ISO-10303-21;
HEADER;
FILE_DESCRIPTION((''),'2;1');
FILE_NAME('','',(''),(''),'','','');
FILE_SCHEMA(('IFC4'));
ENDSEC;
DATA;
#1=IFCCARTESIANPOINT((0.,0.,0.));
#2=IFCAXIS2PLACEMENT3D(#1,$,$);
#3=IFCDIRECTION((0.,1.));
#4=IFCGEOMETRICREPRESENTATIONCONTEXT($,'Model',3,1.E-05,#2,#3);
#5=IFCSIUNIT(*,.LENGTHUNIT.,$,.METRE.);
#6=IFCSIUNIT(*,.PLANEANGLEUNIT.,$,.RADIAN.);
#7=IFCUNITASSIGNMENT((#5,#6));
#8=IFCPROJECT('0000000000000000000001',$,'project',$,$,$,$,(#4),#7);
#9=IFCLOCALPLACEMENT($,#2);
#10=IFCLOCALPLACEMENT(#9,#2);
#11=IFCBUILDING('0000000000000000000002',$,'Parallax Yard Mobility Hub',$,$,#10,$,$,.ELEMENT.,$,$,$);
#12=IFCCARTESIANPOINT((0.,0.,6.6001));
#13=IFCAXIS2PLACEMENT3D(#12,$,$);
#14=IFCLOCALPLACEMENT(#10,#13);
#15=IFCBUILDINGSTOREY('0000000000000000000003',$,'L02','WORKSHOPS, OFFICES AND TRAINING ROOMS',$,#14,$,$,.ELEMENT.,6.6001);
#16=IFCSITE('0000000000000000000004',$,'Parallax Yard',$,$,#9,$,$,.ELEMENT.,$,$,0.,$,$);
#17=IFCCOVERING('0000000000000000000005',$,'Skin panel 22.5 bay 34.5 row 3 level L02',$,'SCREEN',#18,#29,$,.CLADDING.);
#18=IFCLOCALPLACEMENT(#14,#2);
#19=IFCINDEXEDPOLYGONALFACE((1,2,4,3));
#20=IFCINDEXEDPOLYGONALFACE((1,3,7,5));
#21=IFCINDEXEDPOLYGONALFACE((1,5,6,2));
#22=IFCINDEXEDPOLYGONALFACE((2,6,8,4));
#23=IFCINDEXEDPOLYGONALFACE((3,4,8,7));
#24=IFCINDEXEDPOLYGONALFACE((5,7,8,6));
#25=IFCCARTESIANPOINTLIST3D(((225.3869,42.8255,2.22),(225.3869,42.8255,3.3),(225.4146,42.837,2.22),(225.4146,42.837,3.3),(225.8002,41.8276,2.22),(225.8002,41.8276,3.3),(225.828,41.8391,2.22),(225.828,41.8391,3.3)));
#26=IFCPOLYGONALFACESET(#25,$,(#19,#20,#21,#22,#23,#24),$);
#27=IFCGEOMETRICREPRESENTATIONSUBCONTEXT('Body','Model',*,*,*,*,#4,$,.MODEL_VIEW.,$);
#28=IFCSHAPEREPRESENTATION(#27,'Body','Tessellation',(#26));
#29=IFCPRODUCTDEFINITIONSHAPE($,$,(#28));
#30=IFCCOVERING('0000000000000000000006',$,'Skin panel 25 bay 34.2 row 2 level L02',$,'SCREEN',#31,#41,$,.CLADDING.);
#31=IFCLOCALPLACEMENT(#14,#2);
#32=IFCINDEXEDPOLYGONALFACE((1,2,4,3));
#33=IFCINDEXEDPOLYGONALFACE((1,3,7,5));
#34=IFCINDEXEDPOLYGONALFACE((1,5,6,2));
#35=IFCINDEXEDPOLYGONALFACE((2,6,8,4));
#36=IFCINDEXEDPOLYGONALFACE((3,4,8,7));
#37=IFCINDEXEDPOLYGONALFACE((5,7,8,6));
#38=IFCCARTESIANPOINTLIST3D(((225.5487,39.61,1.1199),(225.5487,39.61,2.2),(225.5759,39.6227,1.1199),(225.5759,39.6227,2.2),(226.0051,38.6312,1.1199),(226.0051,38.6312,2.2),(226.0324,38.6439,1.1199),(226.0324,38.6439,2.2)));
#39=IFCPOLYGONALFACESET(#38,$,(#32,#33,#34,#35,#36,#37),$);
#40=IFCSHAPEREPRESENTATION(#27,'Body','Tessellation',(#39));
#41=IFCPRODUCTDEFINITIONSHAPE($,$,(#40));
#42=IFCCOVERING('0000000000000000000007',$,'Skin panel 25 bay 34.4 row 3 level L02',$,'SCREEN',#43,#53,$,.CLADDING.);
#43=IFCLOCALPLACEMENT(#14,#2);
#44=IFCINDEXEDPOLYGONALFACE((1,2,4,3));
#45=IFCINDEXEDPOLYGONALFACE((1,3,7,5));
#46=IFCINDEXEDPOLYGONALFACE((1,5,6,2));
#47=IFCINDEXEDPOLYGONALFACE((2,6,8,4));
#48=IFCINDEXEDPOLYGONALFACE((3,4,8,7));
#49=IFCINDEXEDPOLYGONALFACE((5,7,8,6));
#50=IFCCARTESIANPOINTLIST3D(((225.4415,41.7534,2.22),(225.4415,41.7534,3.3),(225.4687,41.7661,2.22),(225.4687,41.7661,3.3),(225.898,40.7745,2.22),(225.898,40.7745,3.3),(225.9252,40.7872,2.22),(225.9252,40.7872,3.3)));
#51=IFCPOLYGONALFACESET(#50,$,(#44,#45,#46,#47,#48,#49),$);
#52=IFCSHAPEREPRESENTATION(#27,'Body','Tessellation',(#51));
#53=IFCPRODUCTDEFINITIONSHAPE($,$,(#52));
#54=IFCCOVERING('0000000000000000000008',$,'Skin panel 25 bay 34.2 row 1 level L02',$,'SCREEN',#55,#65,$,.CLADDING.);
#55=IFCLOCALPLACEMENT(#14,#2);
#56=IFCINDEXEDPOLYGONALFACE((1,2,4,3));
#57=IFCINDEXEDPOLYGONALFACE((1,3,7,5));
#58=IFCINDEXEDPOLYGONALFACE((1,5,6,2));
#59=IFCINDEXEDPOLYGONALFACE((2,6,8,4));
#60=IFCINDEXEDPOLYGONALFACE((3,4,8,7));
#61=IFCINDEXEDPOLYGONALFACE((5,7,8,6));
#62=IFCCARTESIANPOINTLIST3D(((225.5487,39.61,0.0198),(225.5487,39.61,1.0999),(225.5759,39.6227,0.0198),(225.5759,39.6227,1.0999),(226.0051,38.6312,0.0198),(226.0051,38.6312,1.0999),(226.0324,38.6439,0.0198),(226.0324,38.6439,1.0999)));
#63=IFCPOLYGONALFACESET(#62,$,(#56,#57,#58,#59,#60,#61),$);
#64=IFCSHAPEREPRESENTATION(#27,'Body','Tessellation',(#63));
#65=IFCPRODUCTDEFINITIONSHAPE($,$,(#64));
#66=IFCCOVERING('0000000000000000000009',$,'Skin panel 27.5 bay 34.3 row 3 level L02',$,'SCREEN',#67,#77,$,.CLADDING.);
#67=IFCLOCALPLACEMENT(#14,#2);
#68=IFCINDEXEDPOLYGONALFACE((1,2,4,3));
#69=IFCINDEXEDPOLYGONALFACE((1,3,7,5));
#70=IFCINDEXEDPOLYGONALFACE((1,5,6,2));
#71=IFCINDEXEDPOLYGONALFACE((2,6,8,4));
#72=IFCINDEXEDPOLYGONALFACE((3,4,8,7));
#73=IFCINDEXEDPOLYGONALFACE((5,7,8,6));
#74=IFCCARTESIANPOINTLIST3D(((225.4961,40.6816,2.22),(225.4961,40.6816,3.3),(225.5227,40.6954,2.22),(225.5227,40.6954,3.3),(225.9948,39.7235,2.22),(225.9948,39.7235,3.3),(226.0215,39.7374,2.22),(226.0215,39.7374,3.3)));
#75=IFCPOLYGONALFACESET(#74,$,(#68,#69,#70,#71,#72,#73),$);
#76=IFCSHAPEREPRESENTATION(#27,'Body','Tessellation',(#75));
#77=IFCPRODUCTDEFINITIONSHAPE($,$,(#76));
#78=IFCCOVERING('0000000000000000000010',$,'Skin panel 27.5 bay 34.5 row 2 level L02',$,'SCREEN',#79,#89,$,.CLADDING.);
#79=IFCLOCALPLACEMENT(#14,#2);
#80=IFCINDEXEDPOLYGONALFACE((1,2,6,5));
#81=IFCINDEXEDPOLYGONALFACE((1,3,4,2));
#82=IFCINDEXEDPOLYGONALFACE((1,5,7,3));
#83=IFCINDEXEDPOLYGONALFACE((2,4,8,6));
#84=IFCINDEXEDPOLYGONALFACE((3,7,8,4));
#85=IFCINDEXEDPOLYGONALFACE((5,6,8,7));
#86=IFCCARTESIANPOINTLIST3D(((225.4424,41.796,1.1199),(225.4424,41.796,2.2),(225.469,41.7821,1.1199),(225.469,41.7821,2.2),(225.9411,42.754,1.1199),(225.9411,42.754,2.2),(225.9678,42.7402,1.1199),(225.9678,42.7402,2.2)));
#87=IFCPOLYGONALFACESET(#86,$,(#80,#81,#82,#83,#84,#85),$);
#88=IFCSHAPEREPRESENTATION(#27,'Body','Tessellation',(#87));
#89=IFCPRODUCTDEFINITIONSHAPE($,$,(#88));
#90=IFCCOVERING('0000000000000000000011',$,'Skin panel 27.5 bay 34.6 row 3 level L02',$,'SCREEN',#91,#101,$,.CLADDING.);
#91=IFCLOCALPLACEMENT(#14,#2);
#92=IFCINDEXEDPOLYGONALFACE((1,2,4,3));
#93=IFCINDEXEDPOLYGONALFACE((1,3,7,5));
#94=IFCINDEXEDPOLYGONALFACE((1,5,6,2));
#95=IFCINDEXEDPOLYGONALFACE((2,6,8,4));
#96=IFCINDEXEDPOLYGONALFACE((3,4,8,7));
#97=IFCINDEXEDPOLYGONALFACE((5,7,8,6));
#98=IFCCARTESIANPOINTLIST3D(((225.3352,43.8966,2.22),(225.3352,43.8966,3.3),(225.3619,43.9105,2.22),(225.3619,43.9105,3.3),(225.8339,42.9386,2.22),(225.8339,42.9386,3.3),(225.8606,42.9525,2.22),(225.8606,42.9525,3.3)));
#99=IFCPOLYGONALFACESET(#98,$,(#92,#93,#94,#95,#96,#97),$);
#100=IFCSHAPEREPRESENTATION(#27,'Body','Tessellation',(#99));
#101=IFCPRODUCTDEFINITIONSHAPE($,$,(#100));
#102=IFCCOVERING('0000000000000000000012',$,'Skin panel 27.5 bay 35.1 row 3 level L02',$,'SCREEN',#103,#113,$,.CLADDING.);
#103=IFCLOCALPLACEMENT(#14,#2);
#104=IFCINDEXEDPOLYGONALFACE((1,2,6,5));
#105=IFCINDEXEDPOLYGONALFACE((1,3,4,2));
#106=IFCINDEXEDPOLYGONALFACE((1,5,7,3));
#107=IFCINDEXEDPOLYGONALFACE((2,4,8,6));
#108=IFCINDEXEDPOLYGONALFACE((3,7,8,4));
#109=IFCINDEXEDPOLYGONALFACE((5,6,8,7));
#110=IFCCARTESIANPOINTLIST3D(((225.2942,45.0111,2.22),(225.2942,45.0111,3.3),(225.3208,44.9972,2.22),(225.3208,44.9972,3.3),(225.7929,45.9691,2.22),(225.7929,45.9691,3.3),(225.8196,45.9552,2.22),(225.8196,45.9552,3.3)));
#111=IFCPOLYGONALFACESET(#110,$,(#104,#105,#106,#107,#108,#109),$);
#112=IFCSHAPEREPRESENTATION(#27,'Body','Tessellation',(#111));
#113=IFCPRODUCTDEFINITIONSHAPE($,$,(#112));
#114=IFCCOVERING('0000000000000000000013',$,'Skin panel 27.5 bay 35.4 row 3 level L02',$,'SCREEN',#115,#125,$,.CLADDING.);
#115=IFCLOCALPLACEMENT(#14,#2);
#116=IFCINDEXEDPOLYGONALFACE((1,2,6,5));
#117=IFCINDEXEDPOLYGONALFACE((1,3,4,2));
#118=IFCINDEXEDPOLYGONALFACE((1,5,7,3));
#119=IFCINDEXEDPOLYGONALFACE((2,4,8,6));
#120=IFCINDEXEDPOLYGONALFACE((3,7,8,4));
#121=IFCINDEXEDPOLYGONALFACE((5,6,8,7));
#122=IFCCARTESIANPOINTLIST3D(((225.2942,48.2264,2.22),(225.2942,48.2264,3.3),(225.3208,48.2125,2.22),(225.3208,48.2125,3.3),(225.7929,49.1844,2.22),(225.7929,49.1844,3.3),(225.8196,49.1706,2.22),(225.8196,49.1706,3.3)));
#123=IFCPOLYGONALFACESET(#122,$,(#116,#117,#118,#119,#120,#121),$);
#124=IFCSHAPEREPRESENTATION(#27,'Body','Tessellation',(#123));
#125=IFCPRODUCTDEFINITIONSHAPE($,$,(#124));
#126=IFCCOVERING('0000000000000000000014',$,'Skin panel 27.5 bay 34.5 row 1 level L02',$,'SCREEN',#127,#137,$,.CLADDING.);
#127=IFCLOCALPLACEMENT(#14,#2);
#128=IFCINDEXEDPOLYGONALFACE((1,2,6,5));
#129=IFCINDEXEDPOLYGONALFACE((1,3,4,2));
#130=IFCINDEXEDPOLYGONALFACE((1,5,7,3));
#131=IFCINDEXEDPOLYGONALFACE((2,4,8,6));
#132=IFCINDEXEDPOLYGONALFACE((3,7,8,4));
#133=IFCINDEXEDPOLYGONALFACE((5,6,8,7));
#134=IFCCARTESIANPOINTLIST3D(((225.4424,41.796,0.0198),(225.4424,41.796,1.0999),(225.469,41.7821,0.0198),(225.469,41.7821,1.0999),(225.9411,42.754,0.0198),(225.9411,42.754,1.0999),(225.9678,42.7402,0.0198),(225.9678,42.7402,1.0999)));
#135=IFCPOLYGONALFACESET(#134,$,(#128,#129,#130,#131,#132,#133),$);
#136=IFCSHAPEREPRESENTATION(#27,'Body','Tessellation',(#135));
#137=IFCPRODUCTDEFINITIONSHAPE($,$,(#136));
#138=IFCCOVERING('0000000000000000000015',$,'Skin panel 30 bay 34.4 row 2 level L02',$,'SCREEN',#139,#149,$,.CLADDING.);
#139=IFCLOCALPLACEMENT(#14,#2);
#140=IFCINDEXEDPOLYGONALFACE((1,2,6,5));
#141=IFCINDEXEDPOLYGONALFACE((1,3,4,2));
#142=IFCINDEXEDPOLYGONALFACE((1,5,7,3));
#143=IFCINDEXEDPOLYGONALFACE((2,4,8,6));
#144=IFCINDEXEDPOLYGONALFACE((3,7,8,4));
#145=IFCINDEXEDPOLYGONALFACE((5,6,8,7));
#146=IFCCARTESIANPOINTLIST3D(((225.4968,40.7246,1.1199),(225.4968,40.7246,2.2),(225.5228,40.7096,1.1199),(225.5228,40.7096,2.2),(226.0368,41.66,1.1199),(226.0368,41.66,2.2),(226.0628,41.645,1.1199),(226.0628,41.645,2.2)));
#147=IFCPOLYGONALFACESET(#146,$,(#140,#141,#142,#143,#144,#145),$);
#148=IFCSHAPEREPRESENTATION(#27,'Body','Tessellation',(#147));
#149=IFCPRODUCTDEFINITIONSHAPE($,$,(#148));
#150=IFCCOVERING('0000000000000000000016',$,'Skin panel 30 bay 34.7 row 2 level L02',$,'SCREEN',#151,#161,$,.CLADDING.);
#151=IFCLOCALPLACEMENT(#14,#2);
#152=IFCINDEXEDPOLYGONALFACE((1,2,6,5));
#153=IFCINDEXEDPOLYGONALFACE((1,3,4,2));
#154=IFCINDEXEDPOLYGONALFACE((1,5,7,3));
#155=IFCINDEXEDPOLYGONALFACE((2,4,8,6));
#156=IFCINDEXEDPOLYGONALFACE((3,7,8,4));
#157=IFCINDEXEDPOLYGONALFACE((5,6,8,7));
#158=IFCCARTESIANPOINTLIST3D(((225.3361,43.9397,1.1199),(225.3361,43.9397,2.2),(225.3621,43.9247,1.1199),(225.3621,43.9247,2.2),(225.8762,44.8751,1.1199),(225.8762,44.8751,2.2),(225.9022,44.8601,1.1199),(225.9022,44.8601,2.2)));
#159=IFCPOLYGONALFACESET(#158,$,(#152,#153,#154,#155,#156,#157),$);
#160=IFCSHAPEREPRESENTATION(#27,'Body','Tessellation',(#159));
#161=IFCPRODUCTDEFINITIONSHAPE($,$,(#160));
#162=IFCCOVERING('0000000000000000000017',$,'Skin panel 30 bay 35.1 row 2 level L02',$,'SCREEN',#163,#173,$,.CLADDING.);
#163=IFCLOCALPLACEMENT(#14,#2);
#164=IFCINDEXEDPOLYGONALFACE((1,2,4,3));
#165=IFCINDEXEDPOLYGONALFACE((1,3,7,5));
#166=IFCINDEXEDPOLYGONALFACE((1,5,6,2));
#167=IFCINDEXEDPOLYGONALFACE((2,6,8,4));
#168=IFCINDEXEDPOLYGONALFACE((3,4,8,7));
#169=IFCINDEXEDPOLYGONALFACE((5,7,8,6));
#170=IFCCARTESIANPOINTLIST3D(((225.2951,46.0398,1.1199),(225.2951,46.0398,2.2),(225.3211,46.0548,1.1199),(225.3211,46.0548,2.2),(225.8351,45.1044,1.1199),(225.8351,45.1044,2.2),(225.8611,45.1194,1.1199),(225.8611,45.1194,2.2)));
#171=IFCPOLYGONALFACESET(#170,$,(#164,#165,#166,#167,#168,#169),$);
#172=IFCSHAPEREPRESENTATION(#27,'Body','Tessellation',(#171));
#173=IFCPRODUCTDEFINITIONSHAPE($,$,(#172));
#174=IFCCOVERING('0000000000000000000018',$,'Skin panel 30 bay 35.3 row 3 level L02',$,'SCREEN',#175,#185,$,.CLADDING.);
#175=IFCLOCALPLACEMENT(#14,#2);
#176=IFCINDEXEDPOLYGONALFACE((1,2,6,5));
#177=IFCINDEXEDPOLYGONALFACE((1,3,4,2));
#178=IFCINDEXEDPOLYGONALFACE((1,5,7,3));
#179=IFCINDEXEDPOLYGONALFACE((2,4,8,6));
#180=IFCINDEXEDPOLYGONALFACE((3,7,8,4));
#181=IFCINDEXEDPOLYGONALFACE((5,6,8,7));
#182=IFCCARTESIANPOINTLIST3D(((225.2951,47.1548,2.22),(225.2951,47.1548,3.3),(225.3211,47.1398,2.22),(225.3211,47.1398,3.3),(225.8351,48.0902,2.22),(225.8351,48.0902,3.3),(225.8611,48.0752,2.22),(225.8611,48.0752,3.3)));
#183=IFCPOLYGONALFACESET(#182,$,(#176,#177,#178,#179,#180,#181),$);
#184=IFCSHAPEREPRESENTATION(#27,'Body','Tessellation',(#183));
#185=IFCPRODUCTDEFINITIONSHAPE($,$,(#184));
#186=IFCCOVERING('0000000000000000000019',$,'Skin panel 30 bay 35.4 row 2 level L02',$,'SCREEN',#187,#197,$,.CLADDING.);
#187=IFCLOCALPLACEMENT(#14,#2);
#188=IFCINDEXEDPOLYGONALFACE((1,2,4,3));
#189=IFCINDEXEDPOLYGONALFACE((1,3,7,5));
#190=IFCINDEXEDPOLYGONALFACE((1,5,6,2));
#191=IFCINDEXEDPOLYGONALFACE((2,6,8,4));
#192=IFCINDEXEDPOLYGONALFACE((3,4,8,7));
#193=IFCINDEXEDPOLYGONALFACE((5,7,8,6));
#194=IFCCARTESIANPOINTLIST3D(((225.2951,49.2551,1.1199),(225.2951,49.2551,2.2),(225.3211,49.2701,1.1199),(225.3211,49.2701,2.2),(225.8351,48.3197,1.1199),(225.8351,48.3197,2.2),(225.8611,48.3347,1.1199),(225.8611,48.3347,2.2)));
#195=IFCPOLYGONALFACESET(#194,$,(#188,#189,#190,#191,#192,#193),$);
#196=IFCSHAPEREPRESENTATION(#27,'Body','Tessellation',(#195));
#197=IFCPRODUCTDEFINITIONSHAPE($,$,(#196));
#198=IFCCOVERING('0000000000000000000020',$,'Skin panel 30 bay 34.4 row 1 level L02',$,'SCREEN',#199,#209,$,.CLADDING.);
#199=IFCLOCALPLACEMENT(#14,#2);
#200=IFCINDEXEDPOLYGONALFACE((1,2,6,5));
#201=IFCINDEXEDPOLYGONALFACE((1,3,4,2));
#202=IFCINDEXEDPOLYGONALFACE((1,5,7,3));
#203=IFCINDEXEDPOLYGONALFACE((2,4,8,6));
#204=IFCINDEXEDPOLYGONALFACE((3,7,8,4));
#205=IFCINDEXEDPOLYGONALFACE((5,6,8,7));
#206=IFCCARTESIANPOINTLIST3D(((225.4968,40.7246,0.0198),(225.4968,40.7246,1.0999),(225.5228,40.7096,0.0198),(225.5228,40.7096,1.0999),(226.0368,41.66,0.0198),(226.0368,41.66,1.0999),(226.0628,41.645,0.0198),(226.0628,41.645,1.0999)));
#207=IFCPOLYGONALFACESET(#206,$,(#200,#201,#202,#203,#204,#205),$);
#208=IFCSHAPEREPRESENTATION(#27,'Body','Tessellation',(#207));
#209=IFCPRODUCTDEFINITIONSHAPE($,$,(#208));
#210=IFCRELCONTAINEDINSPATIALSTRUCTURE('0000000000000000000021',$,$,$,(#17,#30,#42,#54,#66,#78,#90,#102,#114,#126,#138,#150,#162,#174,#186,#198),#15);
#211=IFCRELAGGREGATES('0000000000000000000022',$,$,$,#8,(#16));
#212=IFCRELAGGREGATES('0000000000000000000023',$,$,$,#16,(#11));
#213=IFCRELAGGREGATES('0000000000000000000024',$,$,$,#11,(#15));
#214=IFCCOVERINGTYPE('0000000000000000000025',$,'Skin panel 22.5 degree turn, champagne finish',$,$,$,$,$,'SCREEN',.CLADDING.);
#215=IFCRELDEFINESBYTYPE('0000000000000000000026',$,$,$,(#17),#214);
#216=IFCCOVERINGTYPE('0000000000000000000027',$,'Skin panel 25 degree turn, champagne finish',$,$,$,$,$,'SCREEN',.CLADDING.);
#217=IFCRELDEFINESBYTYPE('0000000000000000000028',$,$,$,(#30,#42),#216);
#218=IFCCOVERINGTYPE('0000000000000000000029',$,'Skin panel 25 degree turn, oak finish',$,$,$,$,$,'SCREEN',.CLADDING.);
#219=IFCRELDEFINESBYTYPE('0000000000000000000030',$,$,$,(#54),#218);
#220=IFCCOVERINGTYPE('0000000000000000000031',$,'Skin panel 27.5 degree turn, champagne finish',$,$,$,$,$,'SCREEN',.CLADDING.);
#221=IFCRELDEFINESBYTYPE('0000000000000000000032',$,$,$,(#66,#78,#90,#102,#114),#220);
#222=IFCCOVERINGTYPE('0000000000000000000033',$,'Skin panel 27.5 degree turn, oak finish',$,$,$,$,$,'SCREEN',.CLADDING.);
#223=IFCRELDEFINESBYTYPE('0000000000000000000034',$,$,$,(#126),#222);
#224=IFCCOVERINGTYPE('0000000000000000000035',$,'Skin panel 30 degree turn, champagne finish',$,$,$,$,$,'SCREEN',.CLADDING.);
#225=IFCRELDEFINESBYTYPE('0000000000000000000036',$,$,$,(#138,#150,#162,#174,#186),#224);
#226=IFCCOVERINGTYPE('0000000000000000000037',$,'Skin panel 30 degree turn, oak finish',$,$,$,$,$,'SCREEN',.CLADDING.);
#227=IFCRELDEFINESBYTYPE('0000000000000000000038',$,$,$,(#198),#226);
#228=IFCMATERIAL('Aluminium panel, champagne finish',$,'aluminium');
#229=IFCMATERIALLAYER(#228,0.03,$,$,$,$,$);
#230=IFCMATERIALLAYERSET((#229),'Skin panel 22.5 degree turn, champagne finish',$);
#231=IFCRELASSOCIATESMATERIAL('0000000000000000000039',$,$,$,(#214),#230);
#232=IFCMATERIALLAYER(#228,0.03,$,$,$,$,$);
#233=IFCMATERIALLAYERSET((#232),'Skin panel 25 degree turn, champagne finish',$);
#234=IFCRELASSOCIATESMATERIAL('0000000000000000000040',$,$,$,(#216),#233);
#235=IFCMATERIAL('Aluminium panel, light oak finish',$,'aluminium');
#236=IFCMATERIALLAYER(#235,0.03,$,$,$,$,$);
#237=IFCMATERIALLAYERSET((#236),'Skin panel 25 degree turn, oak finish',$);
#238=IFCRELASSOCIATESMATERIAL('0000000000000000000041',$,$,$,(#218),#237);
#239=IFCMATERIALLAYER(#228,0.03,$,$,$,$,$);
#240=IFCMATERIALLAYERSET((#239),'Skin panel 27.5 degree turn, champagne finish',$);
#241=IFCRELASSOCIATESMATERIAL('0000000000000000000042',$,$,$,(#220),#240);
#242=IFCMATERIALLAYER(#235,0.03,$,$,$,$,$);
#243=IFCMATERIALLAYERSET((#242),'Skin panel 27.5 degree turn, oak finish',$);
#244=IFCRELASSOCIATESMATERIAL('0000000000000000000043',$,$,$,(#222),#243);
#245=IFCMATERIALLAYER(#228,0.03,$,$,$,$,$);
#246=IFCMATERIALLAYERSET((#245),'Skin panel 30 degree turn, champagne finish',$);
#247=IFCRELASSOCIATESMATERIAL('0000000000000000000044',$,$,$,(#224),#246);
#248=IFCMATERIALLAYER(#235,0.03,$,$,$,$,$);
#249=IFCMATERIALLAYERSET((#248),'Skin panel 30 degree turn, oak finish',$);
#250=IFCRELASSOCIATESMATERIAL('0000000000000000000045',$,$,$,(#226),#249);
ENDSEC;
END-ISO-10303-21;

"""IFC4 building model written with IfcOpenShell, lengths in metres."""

from ifc_helpers import new_model, si_unit, direction, frame, origin, origin_2d, place, context, subcontext, project, spatial, rectangle, extrude, material, layer, layer_set, type_object, element, save


model = new_model("IFC4")

# Units and contexts
model_context = context("Model", 3, precision=1e-05, world=origin(), true_north=direction((0.0, 1.0)))
body_context = subcontext(model_context, "Body", "Model", "MODEL_VIEW")
ifc_project = project(units=[si_unit("LENGTHUNIT", "METRE"), si_unit("PLANEANGLEUNIT", "RADIAN")], contexts=[model_context])

# Site, building, storey
site_placement = place(None, origin())
site = spatial("IfcSite", under=ifc_project, at=site_placement, Name="Parallax Yard", CompositionType="ELEMENT", RefElevation=0.0)
building_placement = place(site_placement, origin())
building = spatial("IfcBuilding", under=site, at=building_placement, Name="Parallax Yard Mobility Hub", CompositionType="ELEMENT")
storey_placement = place(building_placement, frame((0.0, 0.0, 6.6001)))
storey = spatial("IfcBuildingStorey", under=building, at=storey_placement, Name="L02", Description="WORKSHOPS, OFFICES AND TRAINING ROOMS", CompositionType="ELEMENT", Elevation=6.6001)

# Coverings
ifc_material_1 = material(Name="Aluminium panel, champagne finish", Category="aluminium")
ifc_layer_1 = layer(ifc_material_1, 0.03)
ifc_layer_set_1 = layer_set([ifc_layer_1], Name="Skin panel 22.5 degree turn, champagne finish")
covering_type_1 = type_object("IfcCoveringType", Name="Skin panel 22.5 degree turn, champagne finish", ElementType="SCREEN", PredefinedType="CLADDING", material=ifc_layer_set_1)
covering_1_placement = place(storey_placement, frame((225.6074, 42.3323, 2.22), z_axis=(0.0, 0.0, 1.0), x_axis=(0.382683, -0.92388, 0.0)))
element("IfcCovering", 1, at=covering_1_placement, inside=storey, type_object=covering_type_1, Name="Skin panel 22.5 bay 34.5 row 3 level L02", ObjectType="SCREEN", PredefinedType="CLADDING", context=body_context, shape_type="SweptSolid", body=[
    extrude(rectangle(XDim=1.0801, YDim=0.03, at=origin_2d()), origin(), (0.0, 0.0, 1.0), 1.0801),
])
ifc_layer_2 = layer(ifc_material_1, 0.03)
ifc_layer_set_2 = layer_set([ifc_layer_2], Name="Skin panel 25 degree turn, champagne finish")
covering_type_2 = type_object("IfcCoveringType", Name="Skin panel 25 degree turn, champagne finish", ElementType="SCREEN", PredefinedType="CLADDING", material=ifc_layer_set_2)
for number, where, z_axis, x_axis, name in (
    (2, (225.7905, 39.127, 1.1199), (0.0, 0.0, 1.0), (0.422618, -0.906308, 0.0), "Skin panel 25 bay 34.2 row 2 level L02"),
    (3, (225.6833, 41.2703, 2.22), (0.0, 0.0, 1.0), (0.422618, -0.906308, 0.0), "Skin panel 25 bay 34.4 row 3 level L02"),
):
    element("IfcCovering", number, at=place(storey_placement, frame(where, z_axis=z_axis, x_axis=x_axis)), inside=storey, type_object=covering_type_2, Name=name, ObjectType="SCREEN", PredefinedType="CLADDING", context=body_context, shape_type="SweptSolid", body=[
        extrude(rectangle(XDim=1.0801, YDim=0.03, at=origin_2d()), origin(), (0.0, 0.0, 1.0), 1.0801),
    ])
ifc_material_2 = material(Name="Aluminium panel, light oak finish", Category="aluminium")
ifc_layer_3 = layer(ifc_material_2, 0.03)
ifc_layer_set_3 = layer_set([ifc_layer_3], Name="Skin panel 25 degree turn, oak finish")
covering_type_3 = type_object("IfcCoveringType", Name="Skin panel 25 degree turn, oak finish", ElementType="SCREEN", PredefinedType="CLADDING", material=ifc_layer_set_3)
covering_2_placement = place(storey_placement, frame((225.7905, 39.127, 0.0198), z_axis=(0.0, 0.0, 1.0), x_axis=(0.422618, -0.906308, 0.0)))
element("IfcCovering", 4, at=covering_2_placement, inside=storey, type_object=covering_type_3, Name="Skin panel 25 bay 34.2 row 1 level L02", ObjectType="SCREEN", PredefinedType="CLADDING", context=body_context, shape_type="SweptSolid", body=[
    extrude(rectangle(XDim=1.0801, YDim=0.03, at=origin_2d()), origin(), (0.0, 0.0, 1.0), 1.0801),
])
ifc_layer_4 = layer(ifc_material_1, 0.03)
ifc_layer_set_4 = layer_set([ifc_layer_4], Name="Skin panel 27.5 degree turn, champagne finish")
covering_type_4 = type_object("IfcCoveringType", Name="Skin panel 27.5 degree turn, champagne finish", ElementType="SCREEN", PredefinedType="CLADDING", material=ifc_layer_set_4)
for number, where, z_axis, x_axis, name in (
    (5, (225.7588, 40.2095, 2.22), (0.0, 0.0, 1.0), (0.461749, -0.887011, 0.0), "Skin panel 27.5 bay 34.3 row 3 level L02"),
    (6, (225.7051, 42.2681, 1.1199), (0.0, 0.0, 1.0), (0.461749, 0.887011, 0.0), "Skin panel 27.5 bay 34.5 row 2 level L02"),
    (7, (225.5979, 43.4246, 2.22), (0.0, 0.0, 1.0), (0.461749, -0.887011, 0.0), "Skin panel 27.5 bay 34.6 row 3 level L02"),
    (8, (225.5569, 45.4832, 2.22), (0.0, 0.0, 1.0), (0.461749, 0.887011, 0.0), "Skin panel 27.5 bay 35.1 row 3 level L02"),
    (9, (225.5569, 48.6985, 2.22), (0.0, 0.0, 1.0), (0.461749, 0.887011, 0.0), "Skin panel 27.5 bay 35.4 row 3 level L02"),
):
    element("IfcCovering", number, at=place(storey_placement, frame(where, z_axis=z_axis, x_axis=x_axis)), inside=storey, type_object=covering_type_4, Name=name, ObjectType="SCREEN", PredefinedType="CLADDING", context=body_context, shape_type="SweptSolid", body=[
        extrude(rectangle(XDim=1.0801, YDim=0.03, at=origin_2d()), origin(), (0.0, 0.0, 1.0), 1.0801),
    ])
ifc_layer_5 = layer(ifc_material_2, 0.03)
ifc_layer_set_5 = layer_set([ifc_layer_5], Name="Skin panel 27.5 degree turn, oak finish")
covering_type_5 = type_object("IfcCoveringType", Name="Skin panel 27.5 degree turn, oak finish", ElementType="SCREEN", PredefinedType="CLADDING", material=ifc_layer_set_5)
covering_3_placement = place(storey_placement, frame((225.7051, 42.2681, 0.0198), z_axis=(0.0, 0.0, 1.0), x_axis=(0.461749, 0.887011, 0.0)))
element("IfcCovering", 10, at=covering_3_placement, inside=storey, type_object=covering_type_5, Name="Skin panel 27.5 bay 34.5 row 1 level L02", ObjectType="SCREEN", PredefinedType="CLADDING", context=body_context, shape_type="SweptSolid", body=[
    extrude(rectangle(XDim=1.0801, YDim=0.03, at=origin_2d()), origin(), (0.0, 0.0, 1.0), 1.0801),
])
ifc_layer_6 = layer(ifc_material_1, 0.03)
ifc_layer_set_6 = layer_set([ifc_layer_6], Name="Skin panel 30 degree turn, champagne finish")
covering_type_6 = type_object("IfcCoveringType", Name="Skin panel 30 degree turn, champagne finish", ElementType="SCREEN", PredefinedType="CLADDING", material=ifc_layer_set_6)
for number, where, z_axis, x_axis, name in (
    (11, (225.7798, 41.1848, 1.1199), (0.0, 0.0, 1.0), (0.5, 0.866025, 0.0), "Skin panel 30 bay 34.4 row 2 level L02"),
    (12, (225.6191, 44.3999, 1.1199), (0.0, 0.0, 1.0), (0.5, 0.866025, 0.0), "Skin panel 30 bay 34.7 row 2 level L02"),
    (13, (225.5781, 45.5796, 1.1199), (0.0, 0.0, 1.0), (0.5, -0.866025, 0.0), "Skin panel 30 bay 35.1 row 2 level L02"),
    (14, (225.5781, 47.615, 2.22), (0.0, 0.0, 1.0), (0.5, 0.866025, 0.0), "Skin panel 30 bay 35.3 row 3 level L02"),
    (15, (225.5781, 48.7949, 1.1199), (0.0, 0.0, 1.0), (0.5, -0.866025, 0.0), "Skin panel 30 bay 35.4 row 2 level L02"),
):
    element("IfcCovering", number, at=place(storey_placement, frame(where, z_axis=z_axis, x_axis=x_axis)), inside=storey, type_object=covering_type_6, Name=name, ObjectType="SCREEN", PredefinedType="CLADDING", context=body_context, shape_type="SweptSolid", body=[
        extrude(rectangle(XDim=1.0801, YDim=0.03, at=origin_2d()), origin(), (0.0, 0.0, 1.0), 1.0801),
    ])
ifc_layer_7 = layer(ifc_material_2, 0.03)
ifc_layer_set_7 = layer_set([ifc_layer_7], Name="Skin panel 30 degree turn, oak finish")
covering_type_7 = type_object("IfcCoveringType", Name="Skin panel 30 degree turn, oak finish", ElementType="SCREEN", PredefinedType="CLADDING", material=ifc_layer_set_7)
for number, where, z_axis, x_axis, name in (
    (16, (225.7798, 41.1848, 0.0198), (0.0, 0.0, 1.0), (0.5, 0.866025, 0.0), "Skin panel 30 bay 34.4 row 1 level L02"),
):
    element("IfcCovering", number, at=place(storey_placement, frame(where, z_axis=z_axis, x_axis=x_axis)), inside=storey, type_object=covering_type_7, Name=name, ObjectType="SCREEN", PredefinedType="CLADDING", context=body_context, shape_type="SweptSolid", body=[
        extrude(rectangle(XDim=1.0801, YDim=0.03, at=origin_2d()), origin(), (0.0, 0.0, 1.0), 1.0801),
    ])

save(model, "model.ifc")
